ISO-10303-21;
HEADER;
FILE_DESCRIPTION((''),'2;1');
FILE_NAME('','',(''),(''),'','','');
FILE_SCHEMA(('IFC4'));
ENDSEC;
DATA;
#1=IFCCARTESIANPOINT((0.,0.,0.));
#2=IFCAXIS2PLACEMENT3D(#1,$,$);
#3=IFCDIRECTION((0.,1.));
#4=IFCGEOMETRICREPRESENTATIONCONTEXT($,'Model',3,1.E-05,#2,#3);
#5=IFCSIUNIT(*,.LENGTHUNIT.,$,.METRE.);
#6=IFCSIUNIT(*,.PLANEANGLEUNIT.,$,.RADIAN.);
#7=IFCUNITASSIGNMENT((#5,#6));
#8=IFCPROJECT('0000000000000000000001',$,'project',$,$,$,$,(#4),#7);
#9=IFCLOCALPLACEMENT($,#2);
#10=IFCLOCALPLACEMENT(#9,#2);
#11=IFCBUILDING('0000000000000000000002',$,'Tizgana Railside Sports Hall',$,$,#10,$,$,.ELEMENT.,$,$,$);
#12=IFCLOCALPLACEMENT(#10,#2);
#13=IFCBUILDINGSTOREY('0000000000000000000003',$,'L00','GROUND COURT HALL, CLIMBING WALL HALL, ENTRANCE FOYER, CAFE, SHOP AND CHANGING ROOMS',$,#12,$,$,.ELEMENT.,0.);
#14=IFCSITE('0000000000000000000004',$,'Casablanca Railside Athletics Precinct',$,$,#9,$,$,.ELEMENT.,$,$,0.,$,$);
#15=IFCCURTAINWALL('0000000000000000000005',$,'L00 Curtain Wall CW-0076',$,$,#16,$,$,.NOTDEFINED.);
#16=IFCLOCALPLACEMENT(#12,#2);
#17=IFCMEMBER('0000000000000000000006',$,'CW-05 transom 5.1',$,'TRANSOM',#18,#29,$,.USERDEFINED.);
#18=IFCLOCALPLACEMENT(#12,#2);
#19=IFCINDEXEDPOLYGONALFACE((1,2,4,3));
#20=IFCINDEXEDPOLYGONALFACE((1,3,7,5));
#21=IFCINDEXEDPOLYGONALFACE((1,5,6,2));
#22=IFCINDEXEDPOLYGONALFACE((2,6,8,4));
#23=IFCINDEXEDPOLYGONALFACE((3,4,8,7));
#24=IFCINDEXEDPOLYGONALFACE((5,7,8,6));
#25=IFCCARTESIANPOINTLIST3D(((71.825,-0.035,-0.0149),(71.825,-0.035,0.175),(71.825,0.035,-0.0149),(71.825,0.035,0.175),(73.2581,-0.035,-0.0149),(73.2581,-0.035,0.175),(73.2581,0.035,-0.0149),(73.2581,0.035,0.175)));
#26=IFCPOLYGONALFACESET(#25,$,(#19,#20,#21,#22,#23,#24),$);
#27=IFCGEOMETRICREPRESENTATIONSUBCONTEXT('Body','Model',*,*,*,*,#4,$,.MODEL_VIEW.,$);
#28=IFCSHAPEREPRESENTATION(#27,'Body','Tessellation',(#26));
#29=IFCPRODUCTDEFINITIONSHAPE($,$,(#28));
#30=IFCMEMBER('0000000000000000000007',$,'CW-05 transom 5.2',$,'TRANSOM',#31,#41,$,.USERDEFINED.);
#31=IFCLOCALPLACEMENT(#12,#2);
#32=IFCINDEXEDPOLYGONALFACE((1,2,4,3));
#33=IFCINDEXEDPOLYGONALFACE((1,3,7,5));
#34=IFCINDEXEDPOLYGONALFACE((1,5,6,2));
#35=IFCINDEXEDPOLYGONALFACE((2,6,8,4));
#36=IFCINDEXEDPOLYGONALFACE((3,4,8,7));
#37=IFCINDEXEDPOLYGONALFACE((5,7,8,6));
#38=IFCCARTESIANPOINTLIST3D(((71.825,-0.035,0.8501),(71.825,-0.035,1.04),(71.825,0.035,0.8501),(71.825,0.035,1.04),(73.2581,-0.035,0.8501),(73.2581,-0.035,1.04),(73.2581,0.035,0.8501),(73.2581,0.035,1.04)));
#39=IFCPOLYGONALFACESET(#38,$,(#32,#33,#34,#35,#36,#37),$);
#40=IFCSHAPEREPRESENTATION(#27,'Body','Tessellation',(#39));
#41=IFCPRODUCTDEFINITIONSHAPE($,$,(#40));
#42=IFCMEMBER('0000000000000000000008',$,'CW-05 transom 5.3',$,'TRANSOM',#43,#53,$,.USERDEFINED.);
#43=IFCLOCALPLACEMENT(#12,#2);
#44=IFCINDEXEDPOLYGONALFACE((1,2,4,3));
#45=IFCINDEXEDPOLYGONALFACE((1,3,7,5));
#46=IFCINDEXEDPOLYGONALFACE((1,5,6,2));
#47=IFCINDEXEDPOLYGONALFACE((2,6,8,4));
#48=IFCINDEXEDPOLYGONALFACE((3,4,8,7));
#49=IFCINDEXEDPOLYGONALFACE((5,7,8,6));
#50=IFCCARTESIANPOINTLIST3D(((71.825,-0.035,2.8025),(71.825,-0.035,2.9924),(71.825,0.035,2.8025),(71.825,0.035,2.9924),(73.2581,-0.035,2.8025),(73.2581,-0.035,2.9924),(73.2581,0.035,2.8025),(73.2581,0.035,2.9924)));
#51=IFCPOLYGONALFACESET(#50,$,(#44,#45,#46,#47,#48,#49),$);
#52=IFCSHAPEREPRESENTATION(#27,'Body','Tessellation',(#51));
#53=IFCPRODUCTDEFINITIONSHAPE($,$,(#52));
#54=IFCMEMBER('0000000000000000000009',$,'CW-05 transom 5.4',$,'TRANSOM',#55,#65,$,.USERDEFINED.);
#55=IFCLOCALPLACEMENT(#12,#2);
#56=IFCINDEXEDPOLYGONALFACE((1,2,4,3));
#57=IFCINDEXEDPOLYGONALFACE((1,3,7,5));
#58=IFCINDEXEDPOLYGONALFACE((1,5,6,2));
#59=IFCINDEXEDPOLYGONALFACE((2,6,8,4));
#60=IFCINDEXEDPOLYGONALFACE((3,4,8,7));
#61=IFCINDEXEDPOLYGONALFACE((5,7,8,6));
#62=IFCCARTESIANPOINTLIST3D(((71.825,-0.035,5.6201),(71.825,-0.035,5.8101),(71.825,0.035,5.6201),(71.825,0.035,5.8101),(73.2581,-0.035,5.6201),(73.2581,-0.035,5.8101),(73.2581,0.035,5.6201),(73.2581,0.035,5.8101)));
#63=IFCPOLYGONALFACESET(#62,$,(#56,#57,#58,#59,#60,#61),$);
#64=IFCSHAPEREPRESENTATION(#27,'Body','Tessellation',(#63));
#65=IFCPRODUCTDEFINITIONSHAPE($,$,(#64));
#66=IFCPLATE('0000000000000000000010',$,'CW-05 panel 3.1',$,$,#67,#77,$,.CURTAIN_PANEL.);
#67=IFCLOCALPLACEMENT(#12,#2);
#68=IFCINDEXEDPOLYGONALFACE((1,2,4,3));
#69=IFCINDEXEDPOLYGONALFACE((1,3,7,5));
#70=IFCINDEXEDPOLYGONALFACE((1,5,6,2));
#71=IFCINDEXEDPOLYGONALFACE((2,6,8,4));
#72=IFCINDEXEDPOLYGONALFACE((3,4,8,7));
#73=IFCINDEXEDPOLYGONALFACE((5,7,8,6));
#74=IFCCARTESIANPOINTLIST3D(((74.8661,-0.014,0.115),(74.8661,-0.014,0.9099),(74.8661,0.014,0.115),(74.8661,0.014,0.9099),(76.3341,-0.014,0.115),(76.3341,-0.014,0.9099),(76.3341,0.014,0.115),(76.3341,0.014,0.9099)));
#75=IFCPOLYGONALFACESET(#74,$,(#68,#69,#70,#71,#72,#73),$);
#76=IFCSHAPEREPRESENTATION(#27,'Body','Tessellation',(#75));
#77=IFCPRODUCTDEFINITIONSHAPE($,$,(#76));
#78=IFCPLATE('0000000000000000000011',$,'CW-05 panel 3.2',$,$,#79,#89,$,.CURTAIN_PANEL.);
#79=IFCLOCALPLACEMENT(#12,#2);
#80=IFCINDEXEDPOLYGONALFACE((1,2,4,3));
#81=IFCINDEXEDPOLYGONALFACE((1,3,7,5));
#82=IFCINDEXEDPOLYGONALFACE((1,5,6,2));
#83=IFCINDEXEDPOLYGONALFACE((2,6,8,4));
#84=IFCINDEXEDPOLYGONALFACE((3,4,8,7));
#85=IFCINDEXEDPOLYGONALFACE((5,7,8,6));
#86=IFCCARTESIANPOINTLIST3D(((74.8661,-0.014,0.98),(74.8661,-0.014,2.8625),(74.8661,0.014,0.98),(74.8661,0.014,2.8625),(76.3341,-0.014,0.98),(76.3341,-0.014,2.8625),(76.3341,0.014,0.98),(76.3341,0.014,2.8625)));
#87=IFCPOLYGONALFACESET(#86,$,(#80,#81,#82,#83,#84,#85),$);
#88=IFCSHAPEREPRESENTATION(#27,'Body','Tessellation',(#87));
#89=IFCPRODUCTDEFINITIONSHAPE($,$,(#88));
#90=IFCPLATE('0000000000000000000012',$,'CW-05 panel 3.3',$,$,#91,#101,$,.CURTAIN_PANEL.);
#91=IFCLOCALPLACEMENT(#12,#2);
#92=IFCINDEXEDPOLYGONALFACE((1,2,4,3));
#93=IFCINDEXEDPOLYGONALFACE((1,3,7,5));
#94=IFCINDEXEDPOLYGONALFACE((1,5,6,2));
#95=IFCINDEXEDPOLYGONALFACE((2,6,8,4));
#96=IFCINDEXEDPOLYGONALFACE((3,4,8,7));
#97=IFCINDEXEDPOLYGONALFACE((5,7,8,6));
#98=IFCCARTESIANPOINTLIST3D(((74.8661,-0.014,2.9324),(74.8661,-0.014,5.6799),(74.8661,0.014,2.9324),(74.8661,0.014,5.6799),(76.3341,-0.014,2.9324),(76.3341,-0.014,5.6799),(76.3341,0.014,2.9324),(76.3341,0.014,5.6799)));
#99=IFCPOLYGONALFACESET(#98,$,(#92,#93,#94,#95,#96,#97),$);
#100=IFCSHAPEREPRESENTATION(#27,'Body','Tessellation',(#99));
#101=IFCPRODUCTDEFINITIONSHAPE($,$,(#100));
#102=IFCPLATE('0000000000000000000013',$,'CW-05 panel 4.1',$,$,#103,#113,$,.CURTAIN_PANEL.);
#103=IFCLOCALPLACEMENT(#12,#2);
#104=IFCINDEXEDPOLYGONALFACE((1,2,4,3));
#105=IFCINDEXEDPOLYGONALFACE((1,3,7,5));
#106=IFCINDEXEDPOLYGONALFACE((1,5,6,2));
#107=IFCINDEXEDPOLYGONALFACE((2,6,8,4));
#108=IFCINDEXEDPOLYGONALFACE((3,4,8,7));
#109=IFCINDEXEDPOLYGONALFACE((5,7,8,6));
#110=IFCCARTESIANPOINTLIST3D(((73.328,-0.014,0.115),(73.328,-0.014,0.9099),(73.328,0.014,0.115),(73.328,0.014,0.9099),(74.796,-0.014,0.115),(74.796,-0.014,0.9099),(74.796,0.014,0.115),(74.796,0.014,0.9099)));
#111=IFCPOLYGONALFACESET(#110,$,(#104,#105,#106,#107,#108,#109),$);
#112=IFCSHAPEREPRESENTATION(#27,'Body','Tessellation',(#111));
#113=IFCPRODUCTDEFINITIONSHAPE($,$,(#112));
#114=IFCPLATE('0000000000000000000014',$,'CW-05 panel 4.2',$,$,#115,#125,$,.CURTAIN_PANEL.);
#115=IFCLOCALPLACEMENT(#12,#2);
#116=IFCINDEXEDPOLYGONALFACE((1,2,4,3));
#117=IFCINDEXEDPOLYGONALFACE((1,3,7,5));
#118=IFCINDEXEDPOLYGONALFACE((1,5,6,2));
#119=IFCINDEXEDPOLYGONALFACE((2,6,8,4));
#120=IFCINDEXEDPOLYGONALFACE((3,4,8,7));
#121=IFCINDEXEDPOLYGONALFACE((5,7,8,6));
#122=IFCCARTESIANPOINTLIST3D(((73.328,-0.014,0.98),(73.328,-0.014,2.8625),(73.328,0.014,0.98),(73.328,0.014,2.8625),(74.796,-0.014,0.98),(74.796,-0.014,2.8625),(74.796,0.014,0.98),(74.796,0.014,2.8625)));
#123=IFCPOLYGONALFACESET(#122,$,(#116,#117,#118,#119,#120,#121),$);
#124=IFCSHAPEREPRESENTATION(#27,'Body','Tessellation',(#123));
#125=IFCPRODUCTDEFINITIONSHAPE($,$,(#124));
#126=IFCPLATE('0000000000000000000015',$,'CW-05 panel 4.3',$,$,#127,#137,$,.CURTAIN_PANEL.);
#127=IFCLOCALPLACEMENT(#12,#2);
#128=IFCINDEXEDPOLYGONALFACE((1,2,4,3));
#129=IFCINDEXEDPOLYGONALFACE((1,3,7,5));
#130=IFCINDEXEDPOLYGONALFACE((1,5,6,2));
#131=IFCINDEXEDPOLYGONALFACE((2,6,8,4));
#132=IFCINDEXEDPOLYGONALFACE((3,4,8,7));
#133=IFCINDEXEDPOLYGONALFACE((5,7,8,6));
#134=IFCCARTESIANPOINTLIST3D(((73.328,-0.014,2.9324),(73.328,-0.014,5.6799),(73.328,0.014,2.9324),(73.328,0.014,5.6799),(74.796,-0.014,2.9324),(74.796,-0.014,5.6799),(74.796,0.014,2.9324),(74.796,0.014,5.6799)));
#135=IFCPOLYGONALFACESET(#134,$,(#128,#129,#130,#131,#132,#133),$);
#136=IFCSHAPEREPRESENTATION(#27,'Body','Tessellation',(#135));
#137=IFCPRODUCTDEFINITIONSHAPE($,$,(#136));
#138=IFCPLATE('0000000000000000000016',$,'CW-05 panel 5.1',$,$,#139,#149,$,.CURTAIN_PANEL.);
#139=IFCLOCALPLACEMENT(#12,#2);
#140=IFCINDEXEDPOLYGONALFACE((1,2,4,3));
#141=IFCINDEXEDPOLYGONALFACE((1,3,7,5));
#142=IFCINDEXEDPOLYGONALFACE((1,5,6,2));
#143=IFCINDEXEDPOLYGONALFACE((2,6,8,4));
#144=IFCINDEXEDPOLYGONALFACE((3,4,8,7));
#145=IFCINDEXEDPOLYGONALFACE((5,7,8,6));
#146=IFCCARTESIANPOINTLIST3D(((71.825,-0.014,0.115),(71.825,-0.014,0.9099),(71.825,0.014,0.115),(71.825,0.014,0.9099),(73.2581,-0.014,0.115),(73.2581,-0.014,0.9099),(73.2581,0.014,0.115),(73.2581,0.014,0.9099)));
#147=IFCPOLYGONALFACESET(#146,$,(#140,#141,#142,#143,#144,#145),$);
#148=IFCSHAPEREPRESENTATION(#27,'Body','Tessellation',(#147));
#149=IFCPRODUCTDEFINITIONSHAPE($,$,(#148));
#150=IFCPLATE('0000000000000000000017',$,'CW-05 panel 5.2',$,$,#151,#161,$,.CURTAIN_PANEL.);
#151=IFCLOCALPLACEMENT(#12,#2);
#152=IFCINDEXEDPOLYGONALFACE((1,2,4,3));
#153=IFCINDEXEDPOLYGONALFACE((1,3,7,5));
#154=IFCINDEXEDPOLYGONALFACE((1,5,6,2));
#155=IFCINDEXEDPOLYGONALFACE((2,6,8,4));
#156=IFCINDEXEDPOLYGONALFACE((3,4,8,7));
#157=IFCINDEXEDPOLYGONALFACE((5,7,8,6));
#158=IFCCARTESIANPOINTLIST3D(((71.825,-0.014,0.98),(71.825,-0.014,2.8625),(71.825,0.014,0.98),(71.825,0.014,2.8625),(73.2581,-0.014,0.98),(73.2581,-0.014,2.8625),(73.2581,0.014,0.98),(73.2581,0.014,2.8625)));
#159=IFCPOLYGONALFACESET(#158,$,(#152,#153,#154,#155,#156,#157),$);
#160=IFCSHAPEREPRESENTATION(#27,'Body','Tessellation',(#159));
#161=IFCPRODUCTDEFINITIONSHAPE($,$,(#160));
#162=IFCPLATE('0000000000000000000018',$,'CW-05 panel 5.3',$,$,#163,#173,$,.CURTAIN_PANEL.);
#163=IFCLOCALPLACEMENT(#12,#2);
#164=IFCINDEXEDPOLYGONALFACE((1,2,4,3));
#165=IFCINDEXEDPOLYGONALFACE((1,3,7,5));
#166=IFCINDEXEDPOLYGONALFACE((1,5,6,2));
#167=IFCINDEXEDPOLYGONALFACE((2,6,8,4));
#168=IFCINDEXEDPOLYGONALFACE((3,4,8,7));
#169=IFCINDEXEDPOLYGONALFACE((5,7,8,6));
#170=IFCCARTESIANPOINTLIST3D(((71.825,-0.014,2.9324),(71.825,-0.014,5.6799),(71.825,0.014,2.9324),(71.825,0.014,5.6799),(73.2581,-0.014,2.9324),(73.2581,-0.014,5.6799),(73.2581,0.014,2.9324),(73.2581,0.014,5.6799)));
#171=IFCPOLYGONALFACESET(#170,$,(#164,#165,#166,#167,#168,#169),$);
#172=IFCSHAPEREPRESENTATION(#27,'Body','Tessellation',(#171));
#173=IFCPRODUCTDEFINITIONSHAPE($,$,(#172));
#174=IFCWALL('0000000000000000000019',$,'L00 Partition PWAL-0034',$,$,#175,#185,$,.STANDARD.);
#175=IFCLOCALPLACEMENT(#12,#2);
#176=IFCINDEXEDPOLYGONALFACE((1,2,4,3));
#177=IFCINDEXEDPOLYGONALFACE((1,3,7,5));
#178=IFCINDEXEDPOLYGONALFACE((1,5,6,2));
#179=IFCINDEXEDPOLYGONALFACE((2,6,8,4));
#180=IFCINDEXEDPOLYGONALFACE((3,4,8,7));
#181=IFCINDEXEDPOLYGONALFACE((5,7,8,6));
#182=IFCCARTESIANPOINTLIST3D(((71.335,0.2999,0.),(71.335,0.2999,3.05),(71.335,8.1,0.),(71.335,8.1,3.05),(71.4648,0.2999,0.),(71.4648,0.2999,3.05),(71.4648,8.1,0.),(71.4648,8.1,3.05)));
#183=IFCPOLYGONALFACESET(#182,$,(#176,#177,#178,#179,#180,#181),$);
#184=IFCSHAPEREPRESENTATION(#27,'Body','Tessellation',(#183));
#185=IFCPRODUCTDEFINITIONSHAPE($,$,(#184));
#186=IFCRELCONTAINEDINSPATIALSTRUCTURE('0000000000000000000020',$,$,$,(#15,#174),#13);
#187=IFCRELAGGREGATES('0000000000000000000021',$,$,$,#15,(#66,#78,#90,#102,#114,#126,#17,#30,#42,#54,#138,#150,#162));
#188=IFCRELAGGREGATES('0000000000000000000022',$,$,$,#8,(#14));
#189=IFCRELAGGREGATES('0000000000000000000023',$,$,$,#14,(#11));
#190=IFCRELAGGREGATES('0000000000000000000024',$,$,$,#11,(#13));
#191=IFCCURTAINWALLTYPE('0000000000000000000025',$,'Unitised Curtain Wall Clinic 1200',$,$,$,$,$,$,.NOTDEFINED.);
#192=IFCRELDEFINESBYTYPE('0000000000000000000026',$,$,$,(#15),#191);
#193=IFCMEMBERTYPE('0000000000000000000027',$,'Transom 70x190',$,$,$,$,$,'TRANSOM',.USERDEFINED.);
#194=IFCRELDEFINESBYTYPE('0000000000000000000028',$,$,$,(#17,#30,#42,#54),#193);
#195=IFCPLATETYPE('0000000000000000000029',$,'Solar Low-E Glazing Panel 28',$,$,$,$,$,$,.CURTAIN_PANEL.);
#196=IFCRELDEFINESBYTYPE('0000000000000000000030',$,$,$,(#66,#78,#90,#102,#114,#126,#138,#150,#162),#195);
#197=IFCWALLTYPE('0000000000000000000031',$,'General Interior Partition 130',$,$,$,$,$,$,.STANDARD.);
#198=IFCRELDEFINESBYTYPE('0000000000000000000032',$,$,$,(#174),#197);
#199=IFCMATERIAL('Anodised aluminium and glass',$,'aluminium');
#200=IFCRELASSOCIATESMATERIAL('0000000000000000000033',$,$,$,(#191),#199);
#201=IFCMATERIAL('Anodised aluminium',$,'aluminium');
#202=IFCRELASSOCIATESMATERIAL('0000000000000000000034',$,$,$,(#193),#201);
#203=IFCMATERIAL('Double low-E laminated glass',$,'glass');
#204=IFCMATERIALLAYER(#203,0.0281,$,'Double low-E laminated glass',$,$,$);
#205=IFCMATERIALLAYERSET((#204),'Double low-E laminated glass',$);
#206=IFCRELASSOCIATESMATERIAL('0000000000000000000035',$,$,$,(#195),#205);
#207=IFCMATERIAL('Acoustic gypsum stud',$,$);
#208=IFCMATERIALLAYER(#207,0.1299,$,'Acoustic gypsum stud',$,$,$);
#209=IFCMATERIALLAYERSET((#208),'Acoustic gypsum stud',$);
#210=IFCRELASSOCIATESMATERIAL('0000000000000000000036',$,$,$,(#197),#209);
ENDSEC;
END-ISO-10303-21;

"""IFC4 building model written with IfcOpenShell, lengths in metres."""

from ifc_helpers import new_model, si_unit, direction, frame, frame_2d, origin, origin_2d, place, context, subcontext, project, spatial, rectangle, extrude, material, layer, layer_set, material_profile, profile_set, type_object, element, aggregate, save


model = new_model("IFC4")

# Units and contexts
model_context = context("Model", 3, precision=1e-05, world=origin(), true_north=direction((0.0, 1.0)))
body_context = subcontext(model_context, "Body", "Model", "MODEL_VIEW")
ifc_project = project(units=[si_unit("LENGTHUNIT", "METRE"), si_unit("PLANEANGLEUNIT", "RADIAN")], contexts=[model_context])

# Site, building, storey
site_placement = place(None, origin())
site = spatial("IfcSite", under=ifc_project, at=site_placement, Name="Casablanca Railside Athletics Precinct", CompositionType="ELEMENT", RefElevation=0.0)
building_placement = place(site_placement, origin())
building = spatial("IfcBuilding", under=site, at=building_placement, Name="Tizgana Railside Sports Hall", CompositionType="ELEMENT")
storey_placement = place(building_placement, origin())
storey = spatial("IfcBuildingStorey", under=building, at=storey_placement, Name="L00", Description="GROUND COURT HALL, CLIMBING WALL HALL, ENTRANCE FOYER, CAFE, SHOP AND CHANGING ROOMS", CompositionType="ELEMENT", Elevation=0.0)

# Curtain wall
ifc_material_1 = material(Name="Anodised aluminium and glass", Category="aluminium")
curtain_wall_type = type_object("IfcCurtainWallType", Name="Unitised Curtain Wall Clinic 1200", PredefinedType="NOTDEFINED", material=ifc_material_1)
curtain_wall_placement = place(storey_placement, origin())
curtain_wall = element("IfcCurtainWall", 1, at=curtain_wall_placement, inside=storey, type_object=curtain_wall_type, Name="L00 Curtain Wall CW-0076", PredefinedType="NOTDEFINED")
ifc_material_2 = material(Name="Anodised aluminium", Category="aluminium")

# Members
ifc_material_profile_1 = material_profile(ifc_material_2, rectangle(XDim=0.0701, YDim=0.1899, at=origin_2d()), Name="Transom 70x190")
ifc_profile_set_1 = profile_set([ifc_material_profile_1], Name="Anodised aluminium")
member_type_1 = type_object("IfcMemberType", Name="Transom 70x190", ElementType="TRANSOM", PredefinedType="USERDEFINED", material=ifc_profile_set_1)
member_1_placement = place(storey_placement, frame((73.2581, 0.0, 0.0801), z_axis=(-1.0, 0.0, 0.0), x_axis=(0.0, -1.0, 0.0)))
member_1 = element("IfcMember", 2, at=member_1_placement, type_object=member_type_1, Name="CW-05 transom 5.1", ObjectType="TRANSOM", PredefinedType="USERDEFINED", context=body_context, shape_type="SweptSolid", body=[
    extrude(rectangle(XDim=0.0701, YDim=0.1899, at=origin_2d()), origin(), (0.0, 0.0, 1.0), 1.4331),
])
member_2_placement = place(storey_placement, frame((73.2581, 0.0, 0.9451), z_axis=(-1.0, 0.0, 0.0), x_axis=(0.0, -1.0, 0.0)))
member_2 = element("IfcMember", 3, at=member_2_placement, type_object=member_type_1, Name="CW-05 transom 5.2", ObjectType="TRANSOM", PredefinedType="USERDEFINED", context=body_context, shape_type="SweptSolid", body=[
    extrude(rectangle(XDim=0.0701, YDim=0.1899, at=origin_2d()), origin(), (0.0, 0.0, 1.0), 1.4331),
])
member_3_placement = place(storey_placement, frame((73.2581, 0.0, 2.8975), z_axis=(-1.0, 0.0, 0.0), x_axis=(0.0, -1.0, 0.0)))
member_3 = element("IfcMember", 4, at=member_3_placement, type_object=member_type_1, Name="CW-05 transom 5.3", ObjectType="TRANSOM", PredefinedType="USERDEFINED", context=body_context, shape_type="SweptSolid", body=[
    extrude(rectangle(XDim=0.0701, YDim=0.1899, at=origin_2d()), origin(), (0.0, 0.0, 1.0), 1.4331),
])
member_4_placement = place(storey_placement, frame((73.2581, 0.0, 5.7151), z_axis=(-1.0, 0.0, 0.0), x_axis=(0.0, -1.0, 0.0)))
member_4 = element("IfcMember", 5, at=member_4_placement, type_object=member_type_1, Name="CW-05 transom 5.4", ObjectType="TRANSOM", PredefinedType="USERDEFINED", context=body_context, shape_type="SweptSolid", body=[
    extrude(rectangle(XDim=0.0701, YDim=0.1899, at=origin_2d()), origin(), (0.0, 0.0, 1.0), 1.4331),
])

# Plates
ifc_material_3 = material(Name="Double low-E laminated glass", Category="glass")
ifc_layer_1 = layer(ifc_material_3, 0.0281, Name="Double low-E laminated glass")
ifc_layer_set_1 = layer_set([ifc_layer_1], Name="Double low-E laminated glass")
plate_type = type_object("IfcPlateType", Name="Solar Low-E Glazing Panel 28", PredefinedType="CURTAIN_PANEL", material=ifc_layer_set_1)
plate_1_placement = place(storey_placement, frame((75.6001, 0.0, 0.115), z_axis=(0.0, 0.0, 1.0), x_axis=(-1.0, 0.0, 0.0)))
plate_1 = element("IfcPlate", 6, at=plate_1_placement, type_object=plate_type, Name="CW-05 panel 3.1", PredefinedType="CURTAIN_PANEL", context=body_context, shape_type="SweptSolid", body=[
    extrude(rectangle(XDim=1.468, YDim=0.0281, at=origin_2d()), origin(), (0.0, 0.0, 1.0), 0.7949),
])
plate_2_placement = place(storey_placement, frame((75.6001, 0.0, 0.98), z_axis=(0.0, 0.0, 1.0), x_axis=(-1.0, 0.0, 0.0)))
plate_2 = element("IfcPlate", 7, at=plate_2_placement, type_object=plate_type, Name="CW-05 panel 3.2", PredefinedType="CURTAIN_PANEL", context=body_context, shape_type="SweptSolid", body=[
    extrude(rectangle(XDim=1.468, YDim=0.0281, at=origin_2d()), origin(), (0.0, 0.0, 1.0), 1.8826),
])
plate_3_placement = place(storey_placement, frame((75.6001, 0.0, 2.9324), z_axis=(0.0, 0.0, 1.0), x_axis=(-1.0, 0.0, 0.0)))
plate_3 = element("IfcPlate", 8, at=plate_3_placement, type_object=plate_type, Name="CW-05 panel 3.3", PredefinedType="CURTAIN_PANEL", context=body_context, shape_type="SweptSolid", body=[
    extrude(rectangle(XDim=1.468, YDim=0.0281, at=origin_2d()), origin(), (0.0, 0.0, 1.0), 2.7476),
])
plate_4_placement = place(storey_placement, frame((74.062, 0.0, 0.115), z_axis=(0.0, 0.0, 1.0), x_axis=(-1.0, 0.0, 0.0)))
plate_4 = element("IfcPlate", 9, at=plate_4_placement, type_object=plate_type, Name="CW-05 panel 4.1", PredefinedType="CURTAIN_PANEL", context=body_context, shape_type="SweptSolid", body=[
    extrude(rectangle(XDim=1.468, YDim=0.0281, at=origin_2d()), origin(), (0.0, 0.0, 1.0), 0.7949),
])
plate_5_placement = place(storey_placement, frame((74.062, 0.0, 0.98), z_axis=(0.0, 0.0, 1.0), x_axis=(-1.0, 0.0, 0.0)))
plate_5 = element("IfcPlate", 10, at=plate_5_placement, type_object=plate_type, Name="CW-05 panel 4.2", PredefinedType="CURTAIN_PANEL", context=body_context, shape_type="SweptSolid", body=[
    extrude(rectangle(XDim=1.468, YDim=0.0281, at=origin_2d()), origin(), (0.0, 0.0, 1.0), 1.8826),
])
plate_6_placement = place(storey_placement, frame((74.062, 0.0, 2.9324), z_axis=(0.0, 0.0, 1.0), x_axis=(-1.0, 0.0, 0.0)))
plate_6 = element("IfcPlate", 11, at=plate_6_placement, type_object=plate_type, Name="CW-05 panel 4.3", PredefinedType="CURTAIN_PANEL", context=body_context, shape_type="SweptSolid", body=[
    extrude(rectangle(XDim=1.468, YDim=0.0281, at=origin_2d()), origin(), (0.0, 0.0, 1.0), 2.7476),
])
plate_7_placement = place(storey_placement, frame((72.5415, 0.0, 0.115), z_axis=(0.0, 0.0, 1.0), x_axis=(-1.0, 0.0, 0.0)))
plate_7 = element("IfcPlate", 12, at=plate_7_placement, type_object=plate_type, Name="CW-05 panel 5.1", PredefinedType="CURTAIN_PANEL", context=body_context, shape_type="SweptSolid", body=[
    extrude(rectangle(XDim=1.4331, YDim=0.0281, at=origin_2d()), origin(), (0.0, 0.0, 1.0), 0.7949),
])
plate_8_placement = place(storey_placement, frame((72.5415, 0.0, 0.98), z_axis=(0.0, 0.0, 1.0), x_axis=(-1.0, 0.0, 0.0)))
plate_8 = element("IfcPlate", 13, at=plate_8_placement, type_object=plate_type, Name="CW-05 panel 5.2", PredefinedType="CURTAIN_PANEL", context=body_context, shape_type="SweptSolid", body=[
    extrude(rectangle(XDim=1.4331, YDim=0.0281, at=origin_2d()), origin(), (0.0, 0.0, 1.0), 1.8826),
])
plate_9_placement = place(storey_placement, frame((72.5415, 0.0, 2.9324), z_axis=(0.0, 0.0, 1.0), x_axis=(-1.0, 0.0, 0.0)))
plate_9 = element("IfcPlate", 14, at=plate_9_placement, type_object=plate_type, Name="CW-05 panel 5.3", PredefinedType="CURTAIN_PANEL", context=body_context, shape_type="SweptSolid", body=[
    extrude(rectangle(XDim=1.4331, YDim=0.0281, at=origin_2d()), origin(), (0.0, 0.0, 1.0), 2.7476),
])
aggregate(curtain_wall, [plate_1, plate_2, plate_3, plate_4, plate_5, plate_6, member_1, member_2, member_3, member_4, plate_7, plate_8, plate_9])

# Wall
ifc_material_4 = material(Name="Acoustic gypsum stud")
ifc_layer_2 = layer(ifc_material_4, 0.1299, Name="Acoustic gypsum stud")
ifc_layer_set_2 = layer_set([ifc_layer_2], Name="Acoustic gypsum stud")
wall_type = type_object("IfcWallType", Name="General Interior Partition 130", PredefinedType="STANDARD", material=ifc_layer_set_2)
wall_placement = place(storey_placement, frame((71.3999, 0.3, 0.0), z_axis=(0.0, 0.0, 1.0), x_axis=(0.0, 1.0, 0.0)))
element("IfcWall", 15, at=wall_placement, inside=storey, type_object=wall_type, Name="L00 Partition PWAL-0034", PredefinedType="STANDARD", context=body_context, shape_type="SweptSolid", body=[
    extrude(rectangle(XDim=7.8, YDim=0.1299, at=frame_2d((3.8999, 0.0))), origin(), (0.0, 0.0, 1.0), 3.05),
])

save(model, "model.ifc")
